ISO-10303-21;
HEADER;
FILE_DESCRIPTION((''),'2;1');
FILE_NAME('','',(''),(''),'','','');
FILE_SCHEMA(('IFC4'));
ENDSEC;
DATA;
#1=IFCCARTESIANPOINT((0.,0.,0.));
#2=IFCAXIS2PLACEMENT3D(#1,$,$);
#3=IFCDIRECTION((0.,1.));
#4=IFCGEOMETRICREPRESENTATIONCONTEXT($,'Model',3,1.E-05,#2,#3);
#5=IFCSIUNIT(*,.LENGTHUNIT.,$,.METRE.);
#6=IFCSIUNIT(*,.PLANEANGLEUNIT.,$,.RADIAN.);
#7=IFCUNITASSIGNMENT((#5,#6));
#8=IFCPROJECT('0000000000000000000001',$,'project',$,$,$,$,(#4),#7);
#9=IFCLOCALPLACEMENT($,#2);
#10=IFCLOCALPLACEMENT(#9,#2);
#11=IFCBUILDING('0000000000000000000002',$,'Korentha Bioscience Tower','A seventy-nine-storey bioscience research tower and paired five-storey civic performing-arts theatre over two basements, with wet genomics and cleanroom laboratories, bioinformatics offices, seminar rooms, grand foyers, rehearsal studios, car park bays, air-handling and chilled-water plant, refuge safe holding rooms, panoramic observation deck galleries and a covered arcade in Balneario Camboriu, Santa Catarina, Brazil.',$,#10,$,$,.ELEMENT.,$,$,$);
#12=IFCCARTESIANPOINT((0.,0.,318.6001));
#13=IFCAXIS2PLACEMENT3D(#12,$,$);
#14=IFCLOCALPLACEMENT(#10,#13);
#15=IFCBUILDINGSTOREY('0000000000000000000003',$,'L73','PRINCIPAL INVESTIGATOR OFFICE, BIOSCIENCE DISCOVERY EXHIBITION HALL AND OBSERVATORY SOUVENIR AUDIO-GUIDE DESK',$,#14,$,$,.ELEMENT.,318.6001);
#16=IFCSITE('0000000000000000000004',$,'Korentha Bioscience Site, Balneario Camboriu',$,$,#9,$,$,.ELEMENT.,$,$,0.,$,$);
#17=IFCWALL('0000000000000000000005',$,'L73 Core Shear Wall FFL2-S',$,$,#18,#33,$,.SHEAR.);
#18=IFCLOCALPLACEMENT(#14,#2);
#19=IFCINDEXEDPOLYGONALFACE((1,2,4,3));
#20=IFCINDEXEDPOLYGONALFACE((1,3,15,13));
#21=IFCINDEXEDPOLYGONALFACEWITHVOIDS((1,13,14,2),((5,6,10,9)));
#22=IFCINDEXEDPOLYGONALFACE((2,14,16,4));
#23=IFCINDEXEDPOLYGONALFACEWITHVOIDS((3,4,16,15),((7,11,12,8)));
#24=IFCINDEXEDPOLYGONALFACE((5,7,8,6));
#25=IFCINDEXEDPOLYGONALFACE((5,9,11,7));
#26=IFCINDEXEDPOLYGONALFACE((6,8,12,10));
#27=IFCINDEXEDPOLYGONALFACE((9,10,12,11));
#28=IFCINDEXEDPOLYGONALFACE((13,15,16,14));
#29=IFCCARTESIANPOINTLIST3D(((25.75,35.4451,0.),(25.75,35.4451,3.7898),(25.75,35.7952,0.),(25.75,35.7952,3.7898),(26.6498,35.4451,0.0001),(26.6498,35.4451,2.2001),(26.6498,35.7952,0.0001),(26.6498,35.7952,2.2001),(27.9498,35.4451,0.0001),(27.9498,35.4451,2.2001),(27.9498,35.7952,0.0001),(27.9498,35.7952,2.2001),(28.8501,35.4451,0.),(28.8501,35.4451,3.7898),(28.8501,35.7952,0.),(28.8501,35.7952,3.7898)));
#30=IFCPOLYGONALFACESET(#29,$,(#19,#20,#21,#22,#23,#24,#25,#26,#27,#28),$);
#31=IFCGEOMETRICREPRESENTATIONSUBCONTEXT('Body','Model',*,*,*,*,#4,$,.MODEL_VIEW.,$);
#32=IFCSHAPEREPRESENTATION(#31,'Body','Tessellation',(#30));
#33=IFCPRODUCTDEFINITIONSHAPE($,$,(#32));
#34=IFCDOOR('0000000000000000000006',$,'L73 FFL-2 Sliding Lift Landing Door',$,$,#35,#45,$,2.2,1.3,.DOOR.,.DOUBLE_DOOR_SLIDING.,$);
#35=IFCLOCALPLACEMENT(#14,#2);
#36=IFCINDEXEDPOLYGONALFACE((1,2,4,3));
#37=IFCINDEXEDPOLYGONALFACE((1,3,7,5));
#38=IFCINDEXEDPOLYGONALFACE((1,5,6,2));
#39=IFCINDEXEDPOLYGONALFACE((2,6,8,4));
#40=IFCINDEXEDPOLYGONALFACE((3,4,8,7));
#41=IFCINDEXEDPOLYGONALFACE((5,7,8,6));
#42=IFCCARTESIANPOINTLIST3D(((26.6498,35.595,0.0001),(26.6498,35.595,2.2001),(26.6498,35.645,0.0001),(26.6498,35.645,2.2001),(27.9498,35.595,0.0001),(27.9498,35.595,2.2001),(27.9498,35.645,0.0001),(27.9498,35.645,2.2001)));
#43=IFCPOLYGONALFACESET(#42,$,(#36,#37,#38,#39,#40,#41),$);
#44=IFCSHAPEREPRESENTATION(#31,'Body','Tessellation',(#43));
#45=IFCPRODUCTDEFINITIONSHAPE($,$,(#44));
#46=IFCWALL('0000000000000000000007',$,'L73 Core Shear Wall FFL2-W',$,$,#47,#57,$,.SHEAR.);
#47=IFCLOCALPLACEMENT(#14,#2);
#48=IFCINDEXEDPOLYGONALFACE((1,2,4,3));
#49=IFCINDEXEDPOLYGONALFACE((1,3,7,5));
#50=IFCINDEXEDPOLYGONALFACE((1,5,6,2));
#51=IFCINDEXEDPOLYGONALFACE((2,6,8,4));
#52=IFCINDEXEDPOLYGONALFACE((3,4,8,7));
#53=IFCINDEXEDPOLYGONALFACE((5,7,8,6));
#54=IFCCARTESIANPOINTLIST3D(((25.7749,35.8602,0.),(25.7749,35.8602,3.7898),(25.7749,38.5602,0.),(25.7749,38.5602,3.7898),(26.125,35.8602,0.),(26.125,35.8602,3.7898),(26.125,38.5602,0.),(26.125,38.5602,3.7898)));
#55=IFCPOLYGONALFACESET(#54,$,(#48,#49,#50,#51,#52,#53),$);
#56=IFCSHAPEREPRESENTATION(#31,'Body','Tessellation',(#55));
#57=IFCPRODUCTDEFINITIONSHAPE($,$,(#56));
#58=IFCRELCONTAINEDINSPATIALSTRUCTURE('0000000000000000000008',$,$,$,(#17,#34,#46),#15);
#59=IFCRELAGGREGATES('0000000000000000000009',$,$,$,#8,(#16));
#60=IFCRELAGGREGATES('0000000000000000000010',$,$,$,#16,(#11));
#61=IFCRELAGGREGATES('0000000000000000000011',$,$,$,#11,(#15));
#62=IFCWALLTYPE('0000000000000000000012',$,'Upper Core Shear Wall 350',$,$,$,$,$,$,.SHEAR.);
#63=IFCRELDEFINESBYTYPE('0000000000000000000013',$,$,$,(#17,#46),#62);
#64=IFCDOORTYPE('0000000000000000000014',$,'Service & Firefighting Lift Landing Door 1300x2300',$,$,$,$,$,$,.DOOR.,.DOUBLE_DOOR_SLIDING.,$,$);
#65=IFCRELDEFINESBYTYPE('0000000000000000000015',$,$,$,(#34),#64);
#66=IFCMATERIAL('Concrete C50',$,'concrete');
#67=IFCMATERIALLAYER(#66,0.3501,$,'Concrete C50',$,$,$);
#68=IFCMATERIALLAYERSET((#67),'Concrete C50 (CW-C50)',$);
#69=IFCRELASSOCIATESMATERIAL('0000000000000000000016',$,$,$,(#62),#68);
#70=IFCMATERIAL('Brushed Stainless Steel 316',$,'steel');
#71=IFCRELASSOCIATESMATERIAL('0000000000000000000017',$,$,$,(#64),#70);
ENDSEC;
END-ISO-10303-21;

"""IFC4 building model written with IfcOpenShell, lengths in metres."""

from ifc_helpers import new_model, si_unit, direction, frame, frame_2d, origin, place, context, subcontext, project, spatial, rectangle, extrude, material, layer, layer_set, type_object, element, fill, save


model = new_model("IFC4")

# Units and contexts
model_context = context("Model", 3, precision=1e-05, world=origin(), true_north=direction((0.0, 1.0)))
body_context = subcontext(model_context, "Body", "Model", "MODEL_VIEW")
ifc_project = project(units=[si_unit("LENGTHUNIT", "METRE"), si_unit("PLANEANGLEUNIT", "RADIAN")], contexts=[model_context])

# Site, building, storey
site_placement = place(None, origin())
site = spatial("IfcSite", under=ifc_project, at=site_placement, Name="Korentha Bioscience Site, Balneario Camboriu", CompositionType="ELEMENT", RefElevation=0.0)
building_placement = place(site_placement, origin())
building = spatial("IfcBuilding", under=site, at=building_placement, Name="Korentha Bioscience Tower", Description="A seventy-nine-storey bioscience research tower and paired five-storey civic performing-arts theatre over two basements, with wet genomics and cleanroom laboratories, bioinformatics offices, seminar rooms, grand foyers, rehearsal studios, car park bays, air-handling and chilled-water plant, refuge safe holding rooms, panoramic observation deck galleries and a covered arcade in Balneario Camboriu, Santa Catarina, Brazil.", CompositionType="ELEMENT")
storey_placement = place(building_placement, frame((0.0, 0.0, 318.6001)))
storey = spatial("IfcBuildingStorey", under=building, at=storey_placement, Name="L73", Description="PRINCIPAL INVESTIGATOR OFFICE, BIOSCIENCE DISCOVERY EXHIBITION HALL AND OBSERVATORY SOUVENIR AUDIO-GUIDE DESK", CompositionType="ELEMENT", Elevation=318.6001)

# Shared definitions
ifc_material_1 = material(Name="Concrete C50", Category="concrete")

# Shared definitions
ifc_layer_1 = layer(ifc_material_1, 0.3501, Name="Concrete C50")
ifc_layer_set_1 = layer_set([ifc_layer_1], Name="Concrete C50 (CW-C50)")
wall_type_1 = type_object("IfcWallType", Name="Upper Core Shear Wall 350", PredefinedType="SHEAR", material=ifc_layer_set_1)

# Wall, opening, door
wall_1_placement = place(storey_placement, frame((25.75, 35.6201, 0.0), z_axis=(0.0, 0.0, 1.0), x_axis=(1.0, 0.0, 0.0)))
wall_1 = element("IfcWall", 1, at=wall_1_placement, inside=storey, type_object=wall_type_1, Name="L73 Core Shear Wall FFL2-S", PredefinedType="SHEAR", context=body_context, shape_type="SweptSolid", body=[
    extrude(rectangle(XDim=3.1001, YDim=0.3501, at=frame_2d((1.55, 0.0))), origin(), (0.0, 0.0, 1.0), 3.7898),
])
opening_placement = place(wall_1_placement, frame((0.8999, 0.0, 0.0)))
opening = element("IfcOpeningElement", 2, at=opening_placement, cuts=wall_1, PredefinedType="OPENING", context=body_context, shape_type="SweptSolid", body=[
    extrude(rectangle(XDim=1.3, YDim=2.2, at=frame_2d((0.6499, 1.1001))), frame((0.0, 0.1899, 0.0), z_axis=(0.0, -1.0, 0.0), x_axis=(1.0, 0.0, 0.0)), (0.0, 0.0, 1.0), 0.3799),
])
ifc_material_2 = material(Name="Brushed Stainless Steel 316", Category="steel")
door_type = type_object("IfcDoorType", Name="Service & Firefighting Lift Landing Door 1300x2300", OperationType="DOUBLE_DOOR_SLIDING", PredefinedType="DOOR", material=ifc_material_2)
door_placement = place(opening_placement, origin())
door = element("IfcDoor", 3, at=door_placement, inside=storey, type_object=door_type, Name="L73 FFL-2 Sliding Lift Landing Door", OperationType="DOUBLE_DOOR_SLIDING", OverallHeight=2.2, OverallWidth=1.3, PredefinedType="DOOR", context=body_context, shape_type="SweptSolid", body=[
    extrude(rectangle(XDim=1.3, YDim=2.2, at=frame_2d((0.6499, 1.1001))), frame((0.0, 0.0249, 0.0), z_axis=(0.0, -1.0, 0.0), x_axis=(1.0, 0.0, 0.0)), (0.0, 0.0, 1.0), 0.05),
])
fill(opening, door)

# Wall
wall_2_placement = place(storey_placement, frame((25.95, 35.8601, 0.0), z_axis=(0.0, 0.0, 1.0), x_axis=(0.0, 1.0, 0.0)))
element("IfcWall", 4, at=wall_2_placement, inside=storey, type_object=wall_type_1, Name="L73 Core Shear Wall FFL2-W", PredefinedType="SHEAR", context=body_context, shape_type="SweptSolid", body=[
    extrude(rectangle(XDim=2.7, YDim=0.3501, at=frame_2d((1.3501, 0.0))), origin(), (0.0, 0.0, 1.0), 3.7898),
])

save(model, "model.ifc")
